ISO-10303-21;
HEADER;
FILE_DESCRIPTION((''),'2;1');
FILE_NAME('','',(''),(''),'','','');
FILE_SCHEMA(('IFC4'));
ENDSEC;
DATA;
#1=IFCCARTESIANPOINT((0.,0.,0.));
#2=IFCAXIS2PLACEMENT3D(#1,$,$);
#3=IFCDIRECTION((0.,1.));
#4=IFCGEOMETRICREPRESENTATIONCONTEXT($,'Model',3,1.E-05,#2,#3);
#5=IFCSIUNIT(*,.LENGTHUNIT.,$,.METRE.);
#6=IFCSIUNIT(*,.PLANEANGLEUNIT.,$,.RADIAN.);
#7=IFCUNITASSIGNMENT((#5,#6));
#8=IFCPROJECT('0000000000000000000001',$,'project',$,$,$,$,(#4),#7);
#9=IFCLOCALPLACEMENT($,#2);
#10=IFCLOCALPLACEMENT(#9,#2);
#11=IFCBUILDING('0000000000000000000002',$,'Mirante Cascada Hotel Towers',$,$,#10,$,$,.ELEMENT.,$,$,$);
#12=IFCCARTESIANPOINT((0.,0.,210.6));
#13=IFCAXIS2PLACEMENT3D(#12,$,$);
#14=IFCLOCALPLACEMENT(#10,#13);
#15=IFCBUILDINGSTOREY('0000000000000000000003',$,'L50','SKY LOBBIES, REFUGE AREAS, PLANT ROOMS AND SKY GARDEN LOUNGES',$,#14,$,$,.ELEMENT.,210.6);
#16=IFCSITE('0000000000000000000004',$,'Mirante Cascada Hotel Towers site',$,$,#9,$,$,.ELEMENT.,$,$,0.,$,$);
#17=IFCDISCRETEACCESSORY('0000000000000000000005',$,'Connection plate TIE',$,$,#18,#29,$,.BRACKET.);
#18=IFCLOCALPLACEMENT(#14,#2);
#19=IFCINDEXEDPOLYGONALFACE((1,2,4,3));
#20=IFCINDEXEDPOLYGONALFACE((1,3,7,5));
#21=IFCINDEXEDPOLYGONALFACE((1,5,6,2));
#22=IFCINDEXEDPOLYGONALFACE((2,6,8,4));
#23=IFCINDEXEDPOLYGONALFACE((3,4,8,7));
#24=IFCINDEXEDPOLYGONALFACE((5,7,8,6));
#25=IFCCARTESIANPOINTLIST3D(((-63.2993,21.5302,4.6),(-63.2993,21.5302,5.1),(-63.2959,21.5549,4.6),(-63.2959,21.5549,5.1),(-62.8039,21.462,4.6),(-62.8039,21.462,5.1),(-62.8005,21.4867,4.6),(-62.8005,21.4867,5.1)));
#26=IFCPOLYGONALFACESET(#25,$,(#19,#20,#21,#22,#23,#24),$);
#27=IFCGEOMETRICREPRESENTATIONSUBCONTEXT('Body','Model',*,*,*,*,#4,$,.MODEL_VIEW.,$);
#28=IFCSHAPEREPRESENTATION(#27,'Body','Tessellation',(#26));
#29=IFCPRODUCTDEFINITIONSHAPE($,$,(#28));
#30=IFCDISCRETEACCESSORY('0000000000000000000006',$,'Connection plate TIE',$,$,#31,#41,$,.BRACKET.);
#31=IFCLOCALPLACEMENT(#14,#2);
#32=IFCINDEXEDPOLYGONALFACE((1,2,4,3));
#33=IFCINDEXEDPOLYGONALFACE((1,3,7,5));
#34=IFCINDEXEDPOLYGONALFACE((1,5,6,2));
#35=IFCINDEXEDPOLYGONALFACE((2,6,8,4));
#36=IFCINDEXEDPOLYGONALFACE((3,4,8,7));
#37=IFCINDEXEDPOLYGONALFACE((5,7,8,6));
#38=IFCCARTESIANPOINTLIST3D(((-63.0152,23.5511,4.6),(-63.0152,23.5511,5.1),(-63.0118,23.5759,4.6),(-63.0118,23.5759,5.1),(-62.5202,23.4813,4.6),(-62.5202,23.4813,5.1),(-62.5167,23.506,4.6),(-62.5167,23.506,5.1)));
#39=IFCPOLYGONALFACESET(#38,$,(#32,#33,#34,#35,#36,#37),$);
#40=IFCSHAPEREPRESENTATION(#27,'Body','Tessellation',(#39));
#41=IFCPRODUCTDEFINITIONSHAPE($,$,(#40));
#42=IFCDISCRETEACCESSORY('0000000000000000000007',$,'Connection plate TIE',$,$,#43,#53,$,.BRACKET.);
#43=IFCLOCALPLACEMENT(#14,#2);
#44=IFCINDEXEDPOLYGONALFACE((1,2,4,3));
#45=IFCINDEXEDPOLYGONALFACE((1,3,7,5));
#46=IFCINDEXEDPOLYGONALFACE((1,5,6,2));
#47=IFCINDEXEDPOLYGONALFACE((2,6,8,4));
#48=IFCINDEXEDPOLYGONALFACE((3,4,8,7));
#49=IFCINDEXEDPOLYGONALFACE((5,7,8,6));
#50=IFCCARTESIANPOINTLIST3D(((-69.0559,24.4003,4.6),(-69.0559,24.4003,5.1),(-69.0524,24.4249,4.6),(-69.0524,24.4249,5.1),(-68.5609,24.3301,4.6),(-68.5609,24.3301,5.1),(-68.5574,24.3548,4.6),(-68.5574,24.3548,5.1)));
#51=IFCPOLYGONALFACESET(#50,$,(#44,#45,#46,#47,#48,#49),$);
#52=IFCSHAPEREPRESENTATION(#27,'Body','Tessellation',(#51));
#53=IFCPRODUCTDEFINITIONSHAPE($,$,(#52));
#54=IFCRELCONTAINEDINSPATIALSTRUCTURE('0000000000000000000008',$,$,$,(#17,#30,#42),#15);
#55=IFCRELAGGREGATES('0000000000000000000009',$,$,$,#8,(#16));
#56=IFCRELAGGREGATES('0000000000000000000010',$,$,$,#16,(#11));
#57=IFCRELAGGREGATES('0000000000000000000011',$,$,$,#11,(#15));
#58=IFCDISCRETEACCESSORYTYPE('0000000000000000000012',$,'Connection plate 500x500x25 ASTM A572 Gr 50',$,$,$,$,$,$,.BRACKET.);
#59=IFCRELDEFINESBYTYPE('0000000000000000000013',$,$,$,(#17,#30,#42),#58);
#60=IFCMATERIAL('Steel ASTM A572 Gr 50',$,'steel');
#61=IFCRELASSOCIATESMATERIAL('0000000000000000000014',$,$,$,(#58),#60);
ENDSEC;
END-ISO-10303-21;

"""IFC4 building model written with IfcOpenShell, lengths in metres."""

from ifc_helpers import new_model, si_unit, direction, frame, origin, origin_2d, place, context, subcontext, project, spatial, rectangle, extrude, material, material_profile, profile_set, type_object, element, save


model = new_model("IFC4")

# Units and contexts
model_context = context("Model", 3, precision=1e-05, world=origin(), true_north=direction((0.0, 1.0)))
body_context = subcontext(model_context, "Body", "Model", "MODEL_VIEW")
ifc_project = project(units=[si_unit("LENGTHUNIT", "METRE"), si_unit("PLANEANGLEUNIT", "RADIAN")], contexts=[model_context])

# Site, building, storey
site_placement = place(None, origin())
site = spatial("IfcSite", under=ifc_project, at=site_placement, Name="Mirante Cascada Hotel Towers site", CompositionType="ELEMENT", RefElevation=0.0)
building_placement = place(site_placement, origin())
building = spatial("IfcBuilding", under=site, at=building_placement, Name="Mirante Cascada Hotel Towers", CompositionType="ELEMENT")
storey_placement = place(building_placement, frame((0.0, 0.0, 210.6)))
storey = spatial("IfcBuildingStorey", under=building, at=storey_placement, Name="L50", Description="SKY LOBBIES, REFUGE AREAS, PLANT ROOMS AND SKY GARDEN LOUNGES", CompositionType="ELEMENT", Elevation=210.6)

# Discrete accessories
ifc_material_1 = material(Name="Steel ASTM A572 Gr 50", Category="steel")
ifc_material_profile_1 = material_profile(ifc_material_1, rectangle(XDim=0.5, YDim=0.5, at=origin_2d()), Name="Connection plate 500x500x25 ASTM A572 Gr 50")
ifc_profile_set_1 = profile_set([ifc_material_profile_1], Name="Steel ASTM A572 Gr 50")
discrete_accessory_type = type_object("IfcDiscreteAccessoryType", Name="Connection plate 500x500x25 ASTM A572 Gr 50", PredefinedType="BRACKET", material=ifc_profile_set_1)
discrete_accessory_1_placement = place(storey_placement, frame((-63.0516, 21.4961, 4.85), z_axis=(0.136366, 0.990658, 0.0), x_axis=(-0.990658, 0.136366, 0.0)))
element("IfcDiscreteAccessory", 1, at=discrete_accessory_1_placement, inside=storey, type_object=discrete_accessory_type, Name="Connection plate TIE", PredefinedType="BRACKET", context=body_context, shape_type="SweptSolid", body=[
    extrude(rectangle(XDim=0.5, YDim=0.5, at=origin_2d()), origin(), (0.0, 0.0, 1.0), 0.0249),
])
discrete_accessory_2_placement = place(storey_placement, frame((-62.7677, 23.5162, 4.85), z_axis=(0.139744, 0.990188, 0.0), x_axis=(-0.990188, 0.139744, 0.0)))
element("IfcDiscreteAccessory", 2, at=discrete_accessory_2_placement, inside=storey, type_object=discrete_accessory_type, Name="Connection plate TIE", PredefinedType="BRACKET", context=body_context, shape_type="SweptSolid", body=[
    extrude(rectangle(XDim=0.5, YDim=0.5, at=origin_2d()), origin(), (0.0, 0.0, 1.0), 0.025),
])
discrete_accessory_3_placement = place(storey_placement, frame((-68.8084, 24.3652, 4.85), z_axis=(0.140299, 0.990109, 0.0), x_axis=(-0.990109, 0.140299, 0.0)))
element("IfcDiscreteAccessory", 3, at=discrete_accessory_3_placement, inside=storey, type_object=discrete_accessory_type, Name="Connection plate TIE", PredefinedType="BRACKET", context=body_context, shape_type="SweptSolid", body=[
    extrude(rectangle(XDim=0.5, YDim=0.5, at=origin_2d()), origin(), (0.0, 0.0, 1.0), 0.0249),
])

save(model, "model.ifc")
